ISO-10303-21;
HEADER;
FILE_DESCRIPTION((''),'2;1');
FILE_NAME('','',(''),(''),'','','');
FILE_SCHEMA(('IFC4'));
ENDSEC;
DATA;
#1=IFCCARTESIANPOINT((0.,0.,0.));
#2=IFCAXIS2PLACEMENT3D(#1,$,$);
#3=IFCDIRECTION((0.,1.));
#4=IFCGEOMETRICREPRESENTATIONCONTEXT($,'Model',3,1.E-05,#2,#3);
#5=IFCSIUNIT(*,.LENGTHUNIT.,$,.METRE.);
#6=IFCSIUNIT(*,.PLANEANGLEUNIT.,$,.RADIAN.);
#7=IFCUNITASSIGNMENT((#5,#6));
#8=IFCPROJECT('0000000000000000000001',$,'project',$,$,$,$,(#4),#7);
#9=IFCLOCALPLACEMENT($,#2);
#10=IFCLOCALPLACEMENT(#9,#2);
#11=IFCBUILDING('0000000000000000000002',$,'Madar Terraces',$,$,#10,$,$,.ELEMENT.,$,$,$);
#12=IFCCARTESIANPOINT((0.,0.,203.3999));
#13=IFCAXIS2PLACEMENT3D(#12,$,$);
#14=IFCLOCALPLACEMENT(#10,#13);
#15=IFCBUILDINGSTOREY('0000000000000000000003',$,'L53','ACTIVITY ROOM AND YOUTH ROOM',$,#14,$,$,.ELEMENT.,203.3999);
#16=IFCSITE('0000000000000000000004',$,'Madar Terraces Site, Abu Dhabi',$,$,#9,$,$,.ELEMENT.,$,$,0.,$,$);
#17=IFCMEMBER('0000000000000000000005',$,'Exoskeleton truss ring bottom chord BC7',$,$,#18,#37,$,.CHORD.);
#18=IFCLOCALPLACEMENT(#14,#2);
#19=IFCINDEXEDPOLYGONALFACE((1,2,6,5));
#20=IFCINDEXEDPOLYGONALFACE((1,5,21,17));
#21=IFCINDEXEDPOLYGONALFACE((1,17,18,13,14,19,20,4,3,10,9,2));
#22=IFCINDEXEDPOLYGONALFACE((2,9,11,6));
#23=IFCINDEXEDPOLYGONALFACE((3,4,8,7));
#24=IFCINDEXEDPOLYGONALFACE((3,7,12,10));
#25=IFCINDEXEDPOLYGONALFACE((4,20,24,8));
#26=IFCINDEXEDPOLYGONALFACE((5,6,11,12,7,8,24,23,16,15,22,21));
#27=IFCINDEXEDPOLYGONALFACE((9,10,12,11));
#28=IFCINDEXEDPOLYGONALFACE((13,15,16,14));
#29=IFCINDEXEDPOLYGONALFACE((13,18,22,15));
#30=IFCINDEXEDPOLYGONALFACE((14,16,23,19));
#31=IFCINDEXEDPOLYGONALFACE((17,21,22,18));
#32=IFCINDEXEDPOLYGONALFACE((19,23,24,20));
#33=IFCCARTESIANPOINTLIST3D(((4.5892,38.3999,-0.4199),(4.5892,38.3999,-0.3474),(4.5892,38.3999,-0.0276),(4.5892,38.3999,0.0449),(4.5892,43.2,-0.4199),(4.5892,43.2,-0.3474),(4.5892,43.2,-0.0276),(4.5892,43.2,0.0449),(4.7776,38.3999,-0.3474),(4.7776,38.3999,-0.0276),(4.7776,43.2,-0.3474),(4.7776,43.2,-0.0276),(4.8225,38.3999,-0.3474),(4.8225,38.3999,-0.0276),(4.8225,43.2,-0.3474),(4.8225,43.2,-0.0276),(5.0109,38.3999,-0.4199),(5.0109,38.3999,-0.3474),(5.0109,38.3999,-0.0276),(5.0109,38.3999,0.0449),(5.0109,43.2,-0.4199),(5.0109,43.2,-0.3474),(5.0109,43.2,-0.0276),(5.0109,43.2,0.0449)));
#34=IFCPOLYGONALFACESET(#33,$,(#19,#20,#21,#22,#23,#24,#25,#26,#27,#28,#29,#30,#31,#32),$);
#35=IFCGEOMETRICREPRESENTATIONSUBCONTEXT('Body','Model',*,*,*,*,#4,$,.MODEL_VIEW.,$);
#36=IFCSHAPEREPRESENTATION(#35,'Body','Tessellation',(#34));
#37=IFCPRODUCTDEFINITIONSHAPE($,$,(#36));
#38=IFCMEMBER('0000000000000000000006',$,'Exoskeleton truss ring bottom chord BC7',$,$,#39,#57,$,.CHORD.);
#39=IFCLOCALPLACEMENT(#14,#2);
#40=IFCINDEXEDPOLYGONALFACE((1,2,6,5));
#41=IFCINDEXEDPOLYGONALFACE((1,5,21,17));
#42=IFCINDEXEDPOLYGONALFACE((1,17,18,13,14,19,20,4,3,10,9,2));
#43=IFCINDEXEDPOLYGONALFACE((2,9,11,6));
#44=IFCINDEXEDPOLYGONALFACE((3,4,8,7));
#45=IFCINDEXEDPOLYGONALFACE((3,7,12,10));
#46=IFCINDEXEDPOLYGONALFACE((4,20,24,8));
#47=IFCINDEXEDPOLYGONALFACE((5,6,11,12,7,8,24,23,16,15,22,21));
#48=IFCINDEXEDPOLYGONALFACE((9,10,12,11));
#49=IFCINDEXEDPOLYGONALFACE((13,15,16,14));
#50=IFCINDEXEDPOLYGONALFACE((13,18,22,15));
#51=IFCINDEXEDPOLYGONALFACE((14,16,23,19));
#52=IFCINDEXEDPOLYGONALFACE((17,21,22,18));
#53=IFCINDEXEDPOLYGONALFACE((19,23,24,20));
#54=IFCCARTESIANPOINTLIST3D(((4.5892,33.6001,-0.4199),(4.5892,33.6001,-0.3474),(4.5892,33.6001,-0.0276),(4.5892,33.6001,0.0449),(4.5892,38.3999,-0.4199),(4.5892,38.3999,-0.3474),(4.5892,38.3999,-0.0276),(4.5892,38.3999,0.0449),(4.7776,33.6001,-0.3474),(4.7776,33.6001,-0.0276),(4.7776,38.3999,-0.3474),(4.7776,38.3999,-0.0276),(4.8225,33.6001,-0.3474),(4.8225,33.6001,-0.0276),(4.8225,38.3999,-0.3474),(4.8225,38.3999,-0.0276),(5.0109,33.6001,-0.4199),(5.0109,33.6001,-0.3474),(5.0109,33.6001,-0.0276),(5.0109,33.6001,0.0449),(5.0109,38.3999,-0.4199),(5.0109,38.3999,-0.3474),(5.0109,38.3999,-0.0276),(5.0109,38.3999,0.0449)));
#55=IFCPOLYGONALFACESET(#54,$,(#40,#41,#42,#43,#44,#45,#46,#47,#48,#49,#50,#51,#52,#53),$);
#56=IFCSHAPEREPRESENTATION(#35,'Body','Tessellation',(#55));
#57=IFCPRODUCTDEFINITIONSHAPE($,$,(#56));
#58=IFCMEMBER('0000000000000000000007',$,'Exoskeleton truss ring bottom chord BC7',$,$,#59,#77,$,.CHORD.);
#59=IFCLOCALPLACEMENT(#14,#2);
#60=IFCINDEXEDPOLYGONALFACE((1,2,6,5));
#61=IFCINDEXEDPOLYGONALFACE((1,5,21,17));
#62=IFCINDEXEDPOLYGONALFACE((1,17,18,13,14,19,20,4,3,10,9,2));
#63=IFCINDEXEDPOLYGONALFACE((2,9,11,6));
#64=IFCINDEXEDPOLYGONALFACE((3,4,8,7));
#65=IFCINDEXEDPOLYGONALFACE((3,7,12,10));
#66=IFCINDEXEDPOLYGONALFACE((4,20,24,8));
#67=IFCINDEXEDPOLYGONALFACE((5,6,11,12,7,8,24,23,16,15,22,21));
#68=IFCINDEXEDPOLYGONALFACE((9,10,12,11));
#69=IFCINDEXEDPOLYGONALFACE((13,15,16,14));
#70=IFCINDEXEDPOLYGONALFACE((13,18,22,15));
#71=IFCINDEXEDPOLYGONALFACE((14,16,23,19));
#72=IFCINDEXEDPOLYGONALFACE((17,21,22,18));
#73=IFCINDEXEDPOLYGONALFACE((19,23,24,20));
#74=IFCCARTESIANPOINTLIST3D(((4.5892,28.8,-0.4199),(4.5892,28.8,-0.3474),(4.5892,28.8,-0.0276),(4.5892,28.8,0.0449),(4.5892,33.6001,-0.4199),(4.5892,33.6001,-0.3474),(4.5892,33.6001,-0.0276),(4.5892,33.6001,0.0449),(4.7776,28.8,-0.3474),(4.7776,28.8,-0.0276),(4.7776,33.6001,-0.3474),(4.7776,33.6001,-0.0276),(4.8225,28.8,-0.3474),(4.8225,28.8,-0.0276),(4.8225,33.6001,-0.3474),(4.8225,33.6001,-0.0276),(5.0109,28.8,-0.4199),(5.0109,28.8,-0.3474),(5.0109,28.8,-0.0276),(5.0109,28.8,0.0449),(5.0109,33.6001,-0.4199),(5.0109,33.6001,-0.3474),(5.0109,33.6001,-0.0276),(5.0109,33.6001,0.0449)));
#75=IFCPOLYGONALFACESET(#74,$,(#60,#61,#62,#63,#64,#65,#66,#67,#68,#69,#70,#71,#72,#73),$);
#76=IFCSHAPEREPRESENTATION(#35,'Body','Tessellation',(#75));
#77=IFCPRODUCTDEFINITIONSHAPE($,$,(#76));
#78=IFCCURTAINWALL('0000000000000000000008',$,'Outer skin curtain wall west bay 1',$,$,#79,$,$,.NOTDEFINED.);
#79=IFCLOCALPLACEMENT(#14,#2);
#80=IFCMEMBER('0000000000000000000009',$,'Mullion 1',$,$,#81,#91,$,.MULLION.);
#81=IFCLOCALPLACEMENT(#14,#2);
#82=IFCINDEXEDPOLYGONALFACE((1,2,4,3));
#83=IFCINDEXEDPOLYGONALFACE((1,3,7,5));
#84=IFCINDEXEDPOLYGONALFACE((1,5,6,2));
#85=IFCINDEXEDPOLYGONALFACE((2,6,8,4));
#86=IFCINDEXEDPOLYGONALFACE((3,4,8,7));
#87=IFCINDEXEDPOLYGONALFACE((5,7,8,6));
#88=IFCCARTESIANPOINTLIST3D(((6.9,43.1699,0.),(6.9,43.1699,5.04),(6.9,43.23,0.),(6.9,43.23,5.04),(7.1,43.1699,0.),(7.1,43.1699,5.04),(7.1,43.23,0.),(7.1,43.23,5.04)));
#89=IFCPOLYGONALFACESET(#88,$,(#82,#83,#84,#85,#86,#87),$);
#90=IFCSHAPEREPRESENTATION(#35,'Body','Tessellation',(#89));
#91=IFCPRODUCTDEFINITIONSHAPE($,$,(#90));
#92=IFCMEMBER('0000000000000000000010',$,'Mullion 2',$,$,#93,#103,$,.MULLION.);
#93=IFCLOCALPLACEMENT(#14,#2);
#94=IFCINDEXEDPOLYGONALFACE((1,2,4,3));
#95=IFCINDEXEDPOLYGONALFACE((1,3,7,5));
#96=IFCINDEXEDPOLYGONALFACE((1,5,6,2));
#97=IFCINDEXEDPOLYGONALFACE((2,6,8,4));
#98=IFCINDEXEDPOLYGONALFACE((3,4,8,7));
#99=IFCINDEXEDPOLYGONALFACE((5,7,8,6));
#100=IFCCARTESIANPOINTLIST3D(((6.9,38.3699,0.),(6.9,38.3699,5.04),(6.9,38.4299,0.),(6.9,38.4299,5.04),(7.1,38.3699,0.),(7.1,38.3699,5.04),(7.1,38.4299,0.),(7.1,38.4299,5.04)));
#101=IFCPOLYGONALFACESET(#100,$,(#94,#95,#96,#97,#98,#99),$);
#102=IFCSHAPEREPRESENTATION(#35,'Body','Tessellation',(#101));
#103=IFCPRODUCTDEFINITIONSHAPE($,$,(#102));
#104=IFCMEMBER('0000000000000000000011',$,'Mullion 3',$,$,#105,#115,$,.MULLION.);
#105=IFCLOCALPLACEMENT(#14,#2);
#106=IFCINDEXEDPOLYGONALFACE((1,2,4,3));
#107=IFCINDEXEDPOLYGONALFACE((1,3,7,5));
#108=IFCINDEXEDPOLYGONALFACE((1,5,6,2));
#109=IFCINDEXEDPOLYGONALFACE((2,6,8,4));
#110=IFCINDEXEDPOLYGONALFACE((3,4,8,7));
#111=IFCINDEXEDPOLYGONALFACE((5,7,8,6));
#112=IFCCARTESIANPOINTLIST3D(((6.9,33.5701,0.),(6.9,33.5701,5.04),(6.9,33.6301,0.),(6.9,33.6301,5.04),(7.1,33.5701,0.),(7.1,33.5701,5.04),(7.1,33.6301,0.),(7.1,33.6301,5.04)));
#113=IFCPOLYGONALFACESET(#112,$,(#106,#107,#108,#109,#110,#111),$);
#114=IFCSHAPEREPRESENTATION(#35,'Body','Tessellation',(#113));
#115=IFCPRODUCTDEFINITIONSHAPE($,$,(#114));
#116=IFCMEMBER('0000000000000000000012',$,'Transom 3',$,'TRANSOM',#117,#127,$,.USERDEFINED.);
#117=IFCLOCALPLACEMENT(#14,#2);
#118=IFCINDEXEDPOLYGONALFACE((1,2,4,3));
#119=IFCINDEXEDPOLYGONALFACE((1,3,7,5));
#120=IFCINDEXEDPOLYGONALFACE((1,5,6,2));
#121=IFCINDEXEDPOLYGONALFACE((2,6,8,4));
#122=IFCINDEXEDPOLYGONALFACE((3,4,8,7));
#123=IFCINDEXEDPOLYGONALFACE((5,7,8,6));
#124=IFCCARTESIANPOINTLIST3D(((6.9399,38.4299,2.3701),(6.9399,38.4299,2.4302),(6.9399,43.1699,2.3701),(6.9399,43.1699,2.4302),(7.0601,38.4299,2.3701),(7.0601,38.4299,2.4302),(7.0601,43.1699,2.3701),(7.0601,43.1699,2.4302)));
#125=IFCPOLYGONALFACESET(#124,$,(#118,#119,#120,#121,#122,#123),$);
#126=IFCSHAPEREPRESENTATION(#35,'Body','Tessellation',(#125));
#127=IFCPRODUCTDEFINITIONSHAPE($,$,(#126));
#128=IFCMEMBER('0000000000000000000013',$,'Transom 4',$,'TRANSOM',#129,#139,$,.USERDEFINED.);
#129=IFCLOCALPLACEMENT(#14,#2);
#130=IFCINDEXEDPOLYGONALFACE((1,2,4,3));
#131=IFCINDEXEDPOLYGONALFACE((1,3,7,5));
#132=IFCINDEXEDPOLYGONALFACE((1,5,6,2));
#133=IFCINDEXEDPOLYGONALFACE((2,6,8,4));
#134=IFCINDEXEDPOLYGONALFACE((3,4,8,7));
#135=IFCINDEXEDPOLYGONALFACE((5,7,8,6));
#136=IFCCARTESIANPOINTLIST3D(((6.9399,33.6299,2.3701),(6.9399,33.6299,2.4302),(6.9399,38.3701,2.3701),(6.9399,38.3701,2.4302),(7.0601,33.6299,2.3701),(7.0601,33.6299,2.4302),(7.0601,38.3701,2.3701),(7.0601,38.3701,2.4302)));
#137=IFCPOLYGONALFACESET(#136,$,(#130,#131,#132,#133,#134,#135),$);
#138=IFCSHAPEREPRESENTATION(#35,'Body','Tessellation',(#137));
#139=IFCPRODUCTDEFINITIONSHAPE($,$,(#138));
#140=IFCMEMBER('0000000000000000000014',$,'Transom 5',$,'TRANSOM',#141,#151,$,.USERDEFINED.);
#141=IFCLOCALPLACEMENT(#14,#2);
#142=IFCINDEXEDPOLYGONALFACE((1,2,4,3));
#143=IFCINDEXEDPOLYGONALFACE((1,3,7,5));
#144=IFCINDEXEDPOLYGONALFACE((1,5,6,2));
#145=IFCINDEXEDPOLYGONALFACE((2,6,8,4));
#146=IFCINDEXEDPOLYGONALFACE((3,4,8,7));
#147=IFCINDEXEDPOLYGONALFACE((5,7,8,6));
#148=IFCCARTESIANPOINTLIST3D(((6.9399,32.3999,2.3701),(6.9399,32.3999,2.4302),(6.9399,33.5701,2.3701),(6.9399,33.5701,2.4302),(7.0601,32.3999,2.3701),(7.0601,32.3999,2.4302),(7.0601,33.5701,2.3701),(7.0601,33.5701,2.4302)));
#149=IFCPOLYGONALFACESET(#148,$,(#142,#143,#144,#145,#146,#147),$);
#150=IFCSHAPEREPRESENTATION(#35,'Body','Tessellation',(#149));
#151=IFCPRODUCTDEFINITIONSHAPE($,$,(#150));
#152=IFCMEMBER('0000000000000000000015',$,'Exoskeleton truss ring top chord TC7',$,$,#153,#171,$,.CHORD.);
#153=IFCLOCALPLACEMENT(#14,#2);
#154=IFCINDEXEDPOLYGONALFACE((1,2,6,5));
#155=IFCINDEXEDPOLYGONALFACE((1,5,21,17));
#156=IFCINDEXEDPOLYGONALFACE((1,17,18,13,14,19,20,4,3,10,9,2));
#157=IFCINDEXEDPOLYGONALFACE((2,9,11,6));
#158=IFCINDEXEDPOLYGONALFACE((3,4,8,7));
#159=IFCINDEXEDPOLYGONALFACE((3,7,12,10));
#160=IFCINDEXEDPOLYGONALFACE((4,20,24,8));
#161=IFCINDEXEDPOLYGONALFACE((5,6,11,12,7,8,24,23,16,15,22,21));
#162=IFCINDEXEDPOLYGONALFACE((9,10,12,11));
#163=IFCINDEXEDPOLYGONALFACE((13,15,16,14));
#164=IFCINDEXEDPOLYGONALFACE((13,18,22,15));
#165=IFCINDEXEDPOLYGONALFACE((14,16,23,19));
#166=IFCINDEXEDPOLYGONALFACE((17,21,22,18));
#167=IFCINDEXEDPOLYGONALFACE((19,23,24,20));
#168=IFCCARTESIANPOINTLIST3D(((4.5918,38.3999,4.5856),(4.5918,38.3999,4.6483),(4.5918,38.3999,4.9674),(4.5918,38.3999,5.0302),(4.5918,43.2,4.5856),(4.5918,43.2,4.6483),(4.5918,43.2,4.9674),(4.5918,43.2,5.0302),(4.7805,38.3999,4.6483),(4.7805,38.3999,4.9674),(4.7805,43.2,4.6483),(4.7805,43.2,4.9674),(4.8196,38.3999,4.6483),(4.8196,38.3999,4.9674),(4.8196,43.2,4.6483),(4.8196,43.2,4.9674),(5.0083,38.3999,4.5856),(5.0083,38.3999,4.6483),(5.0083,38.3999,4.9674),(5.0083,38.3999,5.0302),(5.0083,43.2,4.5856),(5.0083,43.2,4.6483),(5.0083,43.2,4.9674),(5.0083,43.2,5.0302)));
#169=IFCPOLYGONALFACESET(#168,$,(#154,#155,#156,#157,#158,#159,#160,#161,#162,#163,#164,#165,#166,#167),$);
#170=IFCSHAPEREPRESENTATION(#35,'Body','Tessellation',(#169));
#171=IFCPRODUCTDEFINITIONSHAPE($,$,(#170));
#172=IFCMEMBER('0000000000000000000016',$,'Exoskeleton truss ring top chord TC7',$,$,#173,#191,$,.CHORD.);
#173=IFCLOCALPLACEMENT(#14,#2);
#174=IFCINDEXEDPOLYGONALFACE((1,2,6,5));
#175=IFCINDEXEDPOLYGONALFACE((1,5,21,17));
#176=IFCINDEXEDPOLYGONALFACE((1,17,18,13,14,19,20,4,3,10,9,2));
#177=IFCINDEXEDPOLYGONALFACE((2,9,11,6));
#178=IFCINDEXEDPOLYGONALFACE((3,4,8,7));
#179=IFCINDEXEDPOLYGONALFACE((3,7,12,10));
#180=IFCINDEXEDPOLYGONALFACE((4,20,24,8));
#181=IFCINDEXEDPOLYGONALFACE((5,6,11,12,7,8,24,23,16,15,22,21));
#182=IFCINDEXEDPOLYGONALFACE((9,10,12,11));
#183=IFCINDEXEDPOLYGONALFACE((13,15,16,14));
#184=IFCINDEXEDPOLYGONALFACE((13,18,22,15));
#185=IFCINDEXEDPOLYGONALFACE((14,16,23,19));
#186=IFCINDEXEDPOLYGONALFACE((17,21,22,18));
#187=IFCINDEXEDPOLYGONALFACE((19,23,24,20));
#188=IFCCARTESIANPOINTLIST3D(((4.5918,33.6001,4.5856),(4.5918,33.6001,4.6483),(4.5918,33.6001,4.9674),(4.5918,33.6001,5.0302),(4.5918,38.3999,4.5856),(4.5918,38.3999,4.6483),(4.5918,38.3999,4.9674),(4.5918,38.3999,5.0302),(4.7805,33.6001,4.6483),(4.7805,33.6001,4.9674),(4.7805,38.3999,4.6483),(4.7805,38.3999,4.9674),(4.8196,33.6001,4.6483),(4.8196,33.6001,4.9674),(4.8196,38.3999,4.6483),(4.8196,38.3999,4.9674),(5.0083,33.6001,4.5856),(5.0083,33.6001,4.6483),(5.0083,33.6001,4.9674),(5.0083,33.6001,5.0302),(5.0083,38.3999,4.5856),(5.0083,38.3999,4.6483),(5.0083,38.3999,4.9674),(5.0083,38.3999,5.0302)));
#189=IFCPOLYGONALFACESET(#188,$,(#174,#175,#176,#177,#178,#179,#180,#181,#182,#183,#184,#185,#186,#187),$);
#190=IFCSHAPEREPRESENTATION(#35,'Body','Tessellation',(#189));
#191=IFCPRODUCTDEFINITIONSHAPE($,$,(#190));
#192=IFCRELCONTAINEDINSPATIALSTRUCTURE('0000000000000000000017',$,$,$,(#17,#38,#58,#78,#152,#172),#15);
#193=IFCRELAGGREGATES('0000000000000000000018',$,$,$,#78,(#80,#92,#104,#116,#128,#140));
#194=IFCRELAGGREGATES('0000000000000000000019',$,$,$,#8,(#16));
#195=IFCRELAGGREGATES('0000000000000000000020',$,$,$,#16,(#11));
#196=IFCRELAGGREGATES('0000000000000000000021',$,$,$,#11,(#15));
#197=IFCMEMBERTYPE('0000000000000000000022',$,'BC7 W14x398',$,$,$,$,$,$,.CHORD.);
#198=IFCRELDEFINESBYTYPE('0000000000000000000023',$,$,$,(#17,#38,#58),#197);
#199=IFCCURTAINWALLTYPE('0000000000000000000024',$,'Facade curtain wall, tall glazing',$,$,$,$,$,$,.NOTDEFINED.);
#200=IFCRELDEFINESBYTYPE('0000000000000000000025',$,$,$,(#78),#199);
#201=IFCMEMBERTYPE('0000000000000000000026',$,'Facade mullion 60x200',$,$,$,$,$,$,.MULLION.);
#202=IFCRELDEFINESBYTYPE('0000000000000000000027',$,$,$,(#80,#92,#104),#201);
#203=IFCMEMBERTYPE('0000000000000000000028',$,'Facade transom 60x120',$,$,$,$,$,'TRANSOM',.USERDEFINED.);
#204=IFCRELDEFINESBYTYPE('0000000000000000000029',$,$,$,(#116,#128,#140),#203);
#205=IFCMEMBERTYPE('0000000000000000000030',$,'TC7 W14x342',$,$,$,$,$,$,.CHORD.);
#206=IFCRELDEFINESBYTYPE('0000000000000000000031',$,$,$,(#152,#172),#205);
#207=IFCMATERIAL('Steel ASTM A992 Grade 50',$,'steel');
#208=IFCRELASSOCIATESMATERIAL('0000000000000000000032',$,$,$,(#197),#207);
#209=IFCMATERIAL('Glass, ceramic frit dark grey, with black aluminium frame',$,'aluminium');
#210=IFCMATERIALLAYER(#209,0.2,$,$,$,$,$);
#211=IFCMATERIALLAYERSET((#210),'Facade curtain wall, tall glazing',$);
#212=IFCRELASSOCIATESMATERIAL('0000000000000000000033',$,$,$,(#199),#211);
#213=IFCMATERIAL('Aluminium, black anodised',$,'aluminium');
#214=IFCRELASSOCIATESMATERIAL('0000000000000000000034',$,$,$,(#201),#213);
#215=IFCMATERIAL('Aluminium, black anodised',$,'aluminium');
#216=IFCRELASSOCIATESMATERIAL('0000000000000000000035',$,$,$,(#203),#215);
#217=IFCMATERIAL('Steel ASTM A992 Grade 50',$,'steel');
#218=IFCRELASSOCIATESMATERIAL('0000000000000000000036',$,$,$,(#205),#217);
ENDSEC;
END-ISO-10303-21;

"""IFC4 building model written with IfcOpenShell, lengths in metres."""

from ifc_helpers import new_model, si_unit, direction, frame, origin, origin_2d, place, context, subcontext, project, spatial, rectangle, i_section, extrude, material, layer, layer_set, material_profile, profile_set, type_object, element, aggregate, save


model = new_model("IFC4")

# Units and contexts
model_context = context("Model", 3, precision=1e-05, world=origin(), true_north=direction((0.0, 1.0)))
body_context = subcontext(model_context, "Body", "Model", "MODEL_VIEW")
ifc_project = project(units=[si_unit("LENGTHUNIT", "METRE"), si_unit("PLANEANGLEUNIT", "RADIAN")], contexts=[model_context])

# Site, building, storey
site_placement = place(None, origin())
site = spatial("IfcSite", under=ifc_project, at=site_placement, Name="Madar Terraces Site, Abu Dhabi", CompositionType="ELEMENT", RefElevation=0.0)
building_placement = place(site_placement, origin())
building = spatial("IfcBuilding", under=site, at=building_placement, Name="Madar Terraces", CompositionType="ELEMENT")
storey_placement = place(building_placement, frame((0.0, 0.0, 203.3999)))
storey = spatial("IfcBuildingStorey", under=building, at=storey_placement, Name="L53", Description="ACTIVITY ROOM AND YOUTH ROOM", CompositionType="ELEMENT", Elevation=203.3999)

# Members
ifc_material_1 = material(Name="Steel ASTM A992 Grade 50", Category="steel")
ifc_material_profile_1 = material_profile(ifc_material_1, i_section(OverallWidth=0.4216, OverallDepth=0.4648, WebThickness=0.0449, FlangeThickness=0.0725, at=origin_2d()), Name="W14x398")
ifc_profile_set_1 = profile_set([ifc_material_profile_1], Name="Steel ASTM A992 Grade 50")
member_type_1 = type_object("IfcMemberType", Name="BC7 W14x398", PredefinedType="CHORD", material=ifc_profile_set_1)
member_1_placement = place(storey_placement, frame((4.8, 43.2, -0.1875), z_axis=(0.0, -1.0, 0.0), x_axis=(1.0, 0.0, 0.0)))
element("IfcMember", 1, at=member_1_placement, inside=storey, type_object=member_type_1, Name="Exoskeleton truss ring bottom chord BC7", PredefinedType="CHORD", context=body_context, shape_type="SweptSolid", body=[
    extrude(i_section(OverallWidth=0.4216, OverallDepth=0.4648, WebThickness=0.0449, FlangeThickness=0.0725, at=origin_2d()), origin(), (0.0, 0.0, 1.0), 4.8),
])
member_2_placement = place(storey_placement, frame((4.8, 38.3999, -0.1875), z_axis=(0.0, -1.0, 0.0), x_axis=(1.0, 0.0, 0.0)))
element("IfcMember", 2, at=member_2_placement, inside=storey, type_object=member_type_1, Name="Exoskeleton truss ring bottom chord BC7", PredefinedType="CHORD", context=body_context, shape_type="SweptSolid", body=[
    extrude(i_section(OverallWidth=0.4216, OverallDepth=0.4648, WebThickness=0.0449, FlangeThickness=0.0725, at=origin_2d()), origin(), (0.0, 0.0, 1.0), 4.7998),
])
member_3_placement = place(storey_placement, frame((4.8, 33.6001, -0.1875), z_axis=(0.0, -1.0, 0.0), x_axis=(1.0, 0.0, 0.0)))
element("IfcMember", 3, at=member_3_placement, inside=storey, type_object=member_type_1, Name="Exoskeleton truss ring bottom chord BC7", PredefinedType="CHORD", context=body_context, shape_type="SweptSolid", body=[
    extrude(i_section(OverallWidth=0.4216, OverallDepth=0.4648, WebThickness=0.0449, FlangeThickness=0.0725, at=origin_2d()), origin(), (0.0, 0.0, 1.0), 4.8),
])

# Curtain wall, members
ifc_material_2 = material(Name="Glass, ceramic frit dark grey, with black aluminium frame", Category="aluminium")
ifc_layer_1 = layer(ifc_material_2, 0.2)
ifc_layer_set_1 = layer_set([ifc_layer_1], Name="Facade curtain wall, tall glazing")
curtain_wall_type = type_object("IfcCurtainWallType", Name="Facade curtain wall, tall glazing", PredefinedType="NOTDEFINED", material=ifc_layer_set_1)
curtain_wall_placement = place(storey_placement, origin())
curtain_wall = element("IfcCurtainWall", 4, at=curtain_wall_placement, inside=storey, type_object=curtain_wall_type, Name="Outer skin curtain wall west bay 1", PredefinedType="NOTDEFINED")
ifc_material_3 = material(Name="Aluminium, black anodised", Category="aluminium")
ifc_material_profile_2 = material_profile(ifc_material_3, rectangle(XDim=0.2, YDim=0.0601, at=origin_2d()), Name="Facade mullion 60x200")
ifc_profile_set_2 = profile_set([ifc_material_profile_2], Name="Aluminium, black anodised")
member_type_2 = type_object("IfcMemberType", Name="Facade mullion 60x200", PredefinedType="MULLION", material=ifc_profile_set_2)
member_4_placement = place(storey_placement, frame((7.0, 43.2, 0.0), z_axis=(0.0, 0.0, 1.0), x_axis=(1.0, 0.0, 0.0)))
member_4 = element("IfcMember", 5, at=member_4_placement, type_object=member_type_2, Name="Mullion 1", PredefinedType="MULLION", context=body_context, shape_type="SweptSolid", body=[
    extrude(rectangle(XDim=0.2, YDim=0.0601, at=origin_2d()), origin(), (0.0, 0.0, 1.0), 5.04),
])
member_5_placement = place(storey_placement, frame((7.0, 38.3999, 0.0), z_axis=(0.0, 0.0, 1.0), x_axis=(1.0, 0.0, 0.0)))
member_5 = element("IfcMember", 6, at=member_5_placement, type_object=member_type_2, Name="Mullion 2", PredefinedType="MULLION", context=body_context, shape_type="SweptSolid", body=[
    extrude(rectangle(XDim=0.2, YDim=0.0601, at=origin_2d()), origin(), (0.0, 0.0, 1.0), 5.04),
])
member_6_placement = place(storey_placement, frame((7.0, 33.6001, 0.0), z_axis=(0.0, 0.0, 1.0), x_axis=(1.0, 0.0, 0.0)))
member_6 = element("IfcMember", 7, at=member_6_placement, type_object=member_type_2, Name="Mullion 3", PredefinedType="MULLION", context=body_context, shape_type="SweptSolid", body=[
    extrude(rectangle(XDim=0.2, YDim=0.0601, at=origin_2d()), origin(), (0.0, 0.0, 1.0), 5.04),
])
ifc_material_4 = material(Name="Aluminium, black anodised", Category="aluminium")
ifc_material_profile_3 = material_profile(ifc_material_4, rectangle(XDim=0.1201, YDim=0.0601, at=origin_2d()), Name="Facade transom 60x120")
ifc_profile_set_3 = profile_set([ifc_material_profile_3], Name="Aluminium, black anodised")
member_type_3 = type_object("IfcMemberType", Name="Facade transom 60x120", ElementType="TRANSOM", PredefinedType="USERDEFINED", material=ifc_profile_set_3)
member_7_placement = place(storey_placement, frame((7.0, 43.1699, 2.4001), z_axis=(0.0, -1.0, 0.0), x_axis=(1.0, 0.0, 0.0)))
member_7 = element("IfcMember", 8, at=member_7_placement, type_object=member_type_3, Name="Transom 3", ObjectType="TRANSOM", PredefinedType="USERDEFINED", context=body_context, shape_type="SweptSolid", body=[
    extrude(rectangle(XDim=0.1201, YDim=0.0601, at=origin_2d()), origin(), (0.0, 0.0, 1.0), 4.74),
])
member_8_placement = place(storey_placement, frame((7.0, 38.3701, 2.4001), z_axis=(0.0, -1.0, 0.0), x_axis=(1.0, 0.0, 0.0)))
member_8 = element("IfcMember", 9, at=member_8_placement, type_object=member_type_3, Name="Transom 4", ObjectType="TRANSOM", PredefinedType="USERDEFINED", context=body_context, shape_type="SweptSolid", body=[
    extrude(rectangle(XDim=0.1201, YDim=0.0601, at=origin_2d()), origin(), (0.0, 0.0, 1.0), 4.7402),
])
member_9_placement = place(storey_placement, frame((7.0, 33.5701, 2.4001), z_axis=(0.0, -1.0, 0.0), x_axis=(1.0, 0.0, 0.0)))
member_9 = element("IfcMember", 10, at=member_9_placement, type_object=member_type_3, Name="Transom 5", ObjectType="TRANSOM", PredefinedType="USERDEFINED", context=body_context, shape_type="SweptSolid", body=[
    extrude(rectangle(XDim=0.1201, YDim=0.0601, at=origin_2d()), origin(), (0.0, 0.0, 1.0), 1.1702),
])

# Members
ifc_material_5 = material(Name="Steel ASTM A992 Grade 50", Category="steel")
ifc_material_profile_4 = material_profile(ifc_material_5, i_section(OverallWidth=0.4165, OverallDepth=0.4446, WebThickness=0.0391, FlangeThickness=0.0627, at=origin_2d()), Name="W14x342")
ifc_profile_set_4 = profile_set([ifc_material_profile_4], Name="Steel ASTM A992 Grade 50")
member_type_4 = type_object("IfcMemberType", Name="TC7 W14x342", PredefinedType="CHORD", material=ifc_profile_set_4)
member_10_placement = place(storey_placement, frame((4.8, 43.2, 4.8079), z_axis=(0.0, -1.0, 0.0), x_axis=(1.0, 0.0, 0.0)))
element("IfcMember", 11, at=member_10_placement, inside=storey, type_object=member_type_4, Name="Exoskeleton truss ring top chord TC7", PredefinedType="CHORD", context=body_context, shape_type="SweptSolid", body=[
    extrude(i_section(OverallWidth=0.4165, OverallDepth=0.4446, WebThickness=0.0391, FlangeThickness=0.0627, at=origin_2d()), origin(), (0.0, 0.0, 1.0), 4.8),
])
member_11_placement = place(storey_placement, frame((4.8, 38.3999, 4.8079), z_axis=(0.0, -1.0, 0.0), x_axis=(1.0, 0.0, 0.0)))
element("IfcMember", 12, at=member_11_placement, inside=storey, type_object=member_type_4, Name="Exoskeleton truss ring top chord TC7", PredefinedType="CHORD", context=body_context, shape_type="SweptSolid", body=[
    extrude(i_section(OverallWidth=0.4165, OverallDepth=0.4446, WebThickness=0.0391, FlangeThickness=0.0627, at=origin_2d()), origin(), (0.0, 0.0, 1.0), 4.7998),
])

aggregate(curtain_wall, [member_4, member_5, member_6, member_7, member_8, member_9])

save(model, "model.ifc")
